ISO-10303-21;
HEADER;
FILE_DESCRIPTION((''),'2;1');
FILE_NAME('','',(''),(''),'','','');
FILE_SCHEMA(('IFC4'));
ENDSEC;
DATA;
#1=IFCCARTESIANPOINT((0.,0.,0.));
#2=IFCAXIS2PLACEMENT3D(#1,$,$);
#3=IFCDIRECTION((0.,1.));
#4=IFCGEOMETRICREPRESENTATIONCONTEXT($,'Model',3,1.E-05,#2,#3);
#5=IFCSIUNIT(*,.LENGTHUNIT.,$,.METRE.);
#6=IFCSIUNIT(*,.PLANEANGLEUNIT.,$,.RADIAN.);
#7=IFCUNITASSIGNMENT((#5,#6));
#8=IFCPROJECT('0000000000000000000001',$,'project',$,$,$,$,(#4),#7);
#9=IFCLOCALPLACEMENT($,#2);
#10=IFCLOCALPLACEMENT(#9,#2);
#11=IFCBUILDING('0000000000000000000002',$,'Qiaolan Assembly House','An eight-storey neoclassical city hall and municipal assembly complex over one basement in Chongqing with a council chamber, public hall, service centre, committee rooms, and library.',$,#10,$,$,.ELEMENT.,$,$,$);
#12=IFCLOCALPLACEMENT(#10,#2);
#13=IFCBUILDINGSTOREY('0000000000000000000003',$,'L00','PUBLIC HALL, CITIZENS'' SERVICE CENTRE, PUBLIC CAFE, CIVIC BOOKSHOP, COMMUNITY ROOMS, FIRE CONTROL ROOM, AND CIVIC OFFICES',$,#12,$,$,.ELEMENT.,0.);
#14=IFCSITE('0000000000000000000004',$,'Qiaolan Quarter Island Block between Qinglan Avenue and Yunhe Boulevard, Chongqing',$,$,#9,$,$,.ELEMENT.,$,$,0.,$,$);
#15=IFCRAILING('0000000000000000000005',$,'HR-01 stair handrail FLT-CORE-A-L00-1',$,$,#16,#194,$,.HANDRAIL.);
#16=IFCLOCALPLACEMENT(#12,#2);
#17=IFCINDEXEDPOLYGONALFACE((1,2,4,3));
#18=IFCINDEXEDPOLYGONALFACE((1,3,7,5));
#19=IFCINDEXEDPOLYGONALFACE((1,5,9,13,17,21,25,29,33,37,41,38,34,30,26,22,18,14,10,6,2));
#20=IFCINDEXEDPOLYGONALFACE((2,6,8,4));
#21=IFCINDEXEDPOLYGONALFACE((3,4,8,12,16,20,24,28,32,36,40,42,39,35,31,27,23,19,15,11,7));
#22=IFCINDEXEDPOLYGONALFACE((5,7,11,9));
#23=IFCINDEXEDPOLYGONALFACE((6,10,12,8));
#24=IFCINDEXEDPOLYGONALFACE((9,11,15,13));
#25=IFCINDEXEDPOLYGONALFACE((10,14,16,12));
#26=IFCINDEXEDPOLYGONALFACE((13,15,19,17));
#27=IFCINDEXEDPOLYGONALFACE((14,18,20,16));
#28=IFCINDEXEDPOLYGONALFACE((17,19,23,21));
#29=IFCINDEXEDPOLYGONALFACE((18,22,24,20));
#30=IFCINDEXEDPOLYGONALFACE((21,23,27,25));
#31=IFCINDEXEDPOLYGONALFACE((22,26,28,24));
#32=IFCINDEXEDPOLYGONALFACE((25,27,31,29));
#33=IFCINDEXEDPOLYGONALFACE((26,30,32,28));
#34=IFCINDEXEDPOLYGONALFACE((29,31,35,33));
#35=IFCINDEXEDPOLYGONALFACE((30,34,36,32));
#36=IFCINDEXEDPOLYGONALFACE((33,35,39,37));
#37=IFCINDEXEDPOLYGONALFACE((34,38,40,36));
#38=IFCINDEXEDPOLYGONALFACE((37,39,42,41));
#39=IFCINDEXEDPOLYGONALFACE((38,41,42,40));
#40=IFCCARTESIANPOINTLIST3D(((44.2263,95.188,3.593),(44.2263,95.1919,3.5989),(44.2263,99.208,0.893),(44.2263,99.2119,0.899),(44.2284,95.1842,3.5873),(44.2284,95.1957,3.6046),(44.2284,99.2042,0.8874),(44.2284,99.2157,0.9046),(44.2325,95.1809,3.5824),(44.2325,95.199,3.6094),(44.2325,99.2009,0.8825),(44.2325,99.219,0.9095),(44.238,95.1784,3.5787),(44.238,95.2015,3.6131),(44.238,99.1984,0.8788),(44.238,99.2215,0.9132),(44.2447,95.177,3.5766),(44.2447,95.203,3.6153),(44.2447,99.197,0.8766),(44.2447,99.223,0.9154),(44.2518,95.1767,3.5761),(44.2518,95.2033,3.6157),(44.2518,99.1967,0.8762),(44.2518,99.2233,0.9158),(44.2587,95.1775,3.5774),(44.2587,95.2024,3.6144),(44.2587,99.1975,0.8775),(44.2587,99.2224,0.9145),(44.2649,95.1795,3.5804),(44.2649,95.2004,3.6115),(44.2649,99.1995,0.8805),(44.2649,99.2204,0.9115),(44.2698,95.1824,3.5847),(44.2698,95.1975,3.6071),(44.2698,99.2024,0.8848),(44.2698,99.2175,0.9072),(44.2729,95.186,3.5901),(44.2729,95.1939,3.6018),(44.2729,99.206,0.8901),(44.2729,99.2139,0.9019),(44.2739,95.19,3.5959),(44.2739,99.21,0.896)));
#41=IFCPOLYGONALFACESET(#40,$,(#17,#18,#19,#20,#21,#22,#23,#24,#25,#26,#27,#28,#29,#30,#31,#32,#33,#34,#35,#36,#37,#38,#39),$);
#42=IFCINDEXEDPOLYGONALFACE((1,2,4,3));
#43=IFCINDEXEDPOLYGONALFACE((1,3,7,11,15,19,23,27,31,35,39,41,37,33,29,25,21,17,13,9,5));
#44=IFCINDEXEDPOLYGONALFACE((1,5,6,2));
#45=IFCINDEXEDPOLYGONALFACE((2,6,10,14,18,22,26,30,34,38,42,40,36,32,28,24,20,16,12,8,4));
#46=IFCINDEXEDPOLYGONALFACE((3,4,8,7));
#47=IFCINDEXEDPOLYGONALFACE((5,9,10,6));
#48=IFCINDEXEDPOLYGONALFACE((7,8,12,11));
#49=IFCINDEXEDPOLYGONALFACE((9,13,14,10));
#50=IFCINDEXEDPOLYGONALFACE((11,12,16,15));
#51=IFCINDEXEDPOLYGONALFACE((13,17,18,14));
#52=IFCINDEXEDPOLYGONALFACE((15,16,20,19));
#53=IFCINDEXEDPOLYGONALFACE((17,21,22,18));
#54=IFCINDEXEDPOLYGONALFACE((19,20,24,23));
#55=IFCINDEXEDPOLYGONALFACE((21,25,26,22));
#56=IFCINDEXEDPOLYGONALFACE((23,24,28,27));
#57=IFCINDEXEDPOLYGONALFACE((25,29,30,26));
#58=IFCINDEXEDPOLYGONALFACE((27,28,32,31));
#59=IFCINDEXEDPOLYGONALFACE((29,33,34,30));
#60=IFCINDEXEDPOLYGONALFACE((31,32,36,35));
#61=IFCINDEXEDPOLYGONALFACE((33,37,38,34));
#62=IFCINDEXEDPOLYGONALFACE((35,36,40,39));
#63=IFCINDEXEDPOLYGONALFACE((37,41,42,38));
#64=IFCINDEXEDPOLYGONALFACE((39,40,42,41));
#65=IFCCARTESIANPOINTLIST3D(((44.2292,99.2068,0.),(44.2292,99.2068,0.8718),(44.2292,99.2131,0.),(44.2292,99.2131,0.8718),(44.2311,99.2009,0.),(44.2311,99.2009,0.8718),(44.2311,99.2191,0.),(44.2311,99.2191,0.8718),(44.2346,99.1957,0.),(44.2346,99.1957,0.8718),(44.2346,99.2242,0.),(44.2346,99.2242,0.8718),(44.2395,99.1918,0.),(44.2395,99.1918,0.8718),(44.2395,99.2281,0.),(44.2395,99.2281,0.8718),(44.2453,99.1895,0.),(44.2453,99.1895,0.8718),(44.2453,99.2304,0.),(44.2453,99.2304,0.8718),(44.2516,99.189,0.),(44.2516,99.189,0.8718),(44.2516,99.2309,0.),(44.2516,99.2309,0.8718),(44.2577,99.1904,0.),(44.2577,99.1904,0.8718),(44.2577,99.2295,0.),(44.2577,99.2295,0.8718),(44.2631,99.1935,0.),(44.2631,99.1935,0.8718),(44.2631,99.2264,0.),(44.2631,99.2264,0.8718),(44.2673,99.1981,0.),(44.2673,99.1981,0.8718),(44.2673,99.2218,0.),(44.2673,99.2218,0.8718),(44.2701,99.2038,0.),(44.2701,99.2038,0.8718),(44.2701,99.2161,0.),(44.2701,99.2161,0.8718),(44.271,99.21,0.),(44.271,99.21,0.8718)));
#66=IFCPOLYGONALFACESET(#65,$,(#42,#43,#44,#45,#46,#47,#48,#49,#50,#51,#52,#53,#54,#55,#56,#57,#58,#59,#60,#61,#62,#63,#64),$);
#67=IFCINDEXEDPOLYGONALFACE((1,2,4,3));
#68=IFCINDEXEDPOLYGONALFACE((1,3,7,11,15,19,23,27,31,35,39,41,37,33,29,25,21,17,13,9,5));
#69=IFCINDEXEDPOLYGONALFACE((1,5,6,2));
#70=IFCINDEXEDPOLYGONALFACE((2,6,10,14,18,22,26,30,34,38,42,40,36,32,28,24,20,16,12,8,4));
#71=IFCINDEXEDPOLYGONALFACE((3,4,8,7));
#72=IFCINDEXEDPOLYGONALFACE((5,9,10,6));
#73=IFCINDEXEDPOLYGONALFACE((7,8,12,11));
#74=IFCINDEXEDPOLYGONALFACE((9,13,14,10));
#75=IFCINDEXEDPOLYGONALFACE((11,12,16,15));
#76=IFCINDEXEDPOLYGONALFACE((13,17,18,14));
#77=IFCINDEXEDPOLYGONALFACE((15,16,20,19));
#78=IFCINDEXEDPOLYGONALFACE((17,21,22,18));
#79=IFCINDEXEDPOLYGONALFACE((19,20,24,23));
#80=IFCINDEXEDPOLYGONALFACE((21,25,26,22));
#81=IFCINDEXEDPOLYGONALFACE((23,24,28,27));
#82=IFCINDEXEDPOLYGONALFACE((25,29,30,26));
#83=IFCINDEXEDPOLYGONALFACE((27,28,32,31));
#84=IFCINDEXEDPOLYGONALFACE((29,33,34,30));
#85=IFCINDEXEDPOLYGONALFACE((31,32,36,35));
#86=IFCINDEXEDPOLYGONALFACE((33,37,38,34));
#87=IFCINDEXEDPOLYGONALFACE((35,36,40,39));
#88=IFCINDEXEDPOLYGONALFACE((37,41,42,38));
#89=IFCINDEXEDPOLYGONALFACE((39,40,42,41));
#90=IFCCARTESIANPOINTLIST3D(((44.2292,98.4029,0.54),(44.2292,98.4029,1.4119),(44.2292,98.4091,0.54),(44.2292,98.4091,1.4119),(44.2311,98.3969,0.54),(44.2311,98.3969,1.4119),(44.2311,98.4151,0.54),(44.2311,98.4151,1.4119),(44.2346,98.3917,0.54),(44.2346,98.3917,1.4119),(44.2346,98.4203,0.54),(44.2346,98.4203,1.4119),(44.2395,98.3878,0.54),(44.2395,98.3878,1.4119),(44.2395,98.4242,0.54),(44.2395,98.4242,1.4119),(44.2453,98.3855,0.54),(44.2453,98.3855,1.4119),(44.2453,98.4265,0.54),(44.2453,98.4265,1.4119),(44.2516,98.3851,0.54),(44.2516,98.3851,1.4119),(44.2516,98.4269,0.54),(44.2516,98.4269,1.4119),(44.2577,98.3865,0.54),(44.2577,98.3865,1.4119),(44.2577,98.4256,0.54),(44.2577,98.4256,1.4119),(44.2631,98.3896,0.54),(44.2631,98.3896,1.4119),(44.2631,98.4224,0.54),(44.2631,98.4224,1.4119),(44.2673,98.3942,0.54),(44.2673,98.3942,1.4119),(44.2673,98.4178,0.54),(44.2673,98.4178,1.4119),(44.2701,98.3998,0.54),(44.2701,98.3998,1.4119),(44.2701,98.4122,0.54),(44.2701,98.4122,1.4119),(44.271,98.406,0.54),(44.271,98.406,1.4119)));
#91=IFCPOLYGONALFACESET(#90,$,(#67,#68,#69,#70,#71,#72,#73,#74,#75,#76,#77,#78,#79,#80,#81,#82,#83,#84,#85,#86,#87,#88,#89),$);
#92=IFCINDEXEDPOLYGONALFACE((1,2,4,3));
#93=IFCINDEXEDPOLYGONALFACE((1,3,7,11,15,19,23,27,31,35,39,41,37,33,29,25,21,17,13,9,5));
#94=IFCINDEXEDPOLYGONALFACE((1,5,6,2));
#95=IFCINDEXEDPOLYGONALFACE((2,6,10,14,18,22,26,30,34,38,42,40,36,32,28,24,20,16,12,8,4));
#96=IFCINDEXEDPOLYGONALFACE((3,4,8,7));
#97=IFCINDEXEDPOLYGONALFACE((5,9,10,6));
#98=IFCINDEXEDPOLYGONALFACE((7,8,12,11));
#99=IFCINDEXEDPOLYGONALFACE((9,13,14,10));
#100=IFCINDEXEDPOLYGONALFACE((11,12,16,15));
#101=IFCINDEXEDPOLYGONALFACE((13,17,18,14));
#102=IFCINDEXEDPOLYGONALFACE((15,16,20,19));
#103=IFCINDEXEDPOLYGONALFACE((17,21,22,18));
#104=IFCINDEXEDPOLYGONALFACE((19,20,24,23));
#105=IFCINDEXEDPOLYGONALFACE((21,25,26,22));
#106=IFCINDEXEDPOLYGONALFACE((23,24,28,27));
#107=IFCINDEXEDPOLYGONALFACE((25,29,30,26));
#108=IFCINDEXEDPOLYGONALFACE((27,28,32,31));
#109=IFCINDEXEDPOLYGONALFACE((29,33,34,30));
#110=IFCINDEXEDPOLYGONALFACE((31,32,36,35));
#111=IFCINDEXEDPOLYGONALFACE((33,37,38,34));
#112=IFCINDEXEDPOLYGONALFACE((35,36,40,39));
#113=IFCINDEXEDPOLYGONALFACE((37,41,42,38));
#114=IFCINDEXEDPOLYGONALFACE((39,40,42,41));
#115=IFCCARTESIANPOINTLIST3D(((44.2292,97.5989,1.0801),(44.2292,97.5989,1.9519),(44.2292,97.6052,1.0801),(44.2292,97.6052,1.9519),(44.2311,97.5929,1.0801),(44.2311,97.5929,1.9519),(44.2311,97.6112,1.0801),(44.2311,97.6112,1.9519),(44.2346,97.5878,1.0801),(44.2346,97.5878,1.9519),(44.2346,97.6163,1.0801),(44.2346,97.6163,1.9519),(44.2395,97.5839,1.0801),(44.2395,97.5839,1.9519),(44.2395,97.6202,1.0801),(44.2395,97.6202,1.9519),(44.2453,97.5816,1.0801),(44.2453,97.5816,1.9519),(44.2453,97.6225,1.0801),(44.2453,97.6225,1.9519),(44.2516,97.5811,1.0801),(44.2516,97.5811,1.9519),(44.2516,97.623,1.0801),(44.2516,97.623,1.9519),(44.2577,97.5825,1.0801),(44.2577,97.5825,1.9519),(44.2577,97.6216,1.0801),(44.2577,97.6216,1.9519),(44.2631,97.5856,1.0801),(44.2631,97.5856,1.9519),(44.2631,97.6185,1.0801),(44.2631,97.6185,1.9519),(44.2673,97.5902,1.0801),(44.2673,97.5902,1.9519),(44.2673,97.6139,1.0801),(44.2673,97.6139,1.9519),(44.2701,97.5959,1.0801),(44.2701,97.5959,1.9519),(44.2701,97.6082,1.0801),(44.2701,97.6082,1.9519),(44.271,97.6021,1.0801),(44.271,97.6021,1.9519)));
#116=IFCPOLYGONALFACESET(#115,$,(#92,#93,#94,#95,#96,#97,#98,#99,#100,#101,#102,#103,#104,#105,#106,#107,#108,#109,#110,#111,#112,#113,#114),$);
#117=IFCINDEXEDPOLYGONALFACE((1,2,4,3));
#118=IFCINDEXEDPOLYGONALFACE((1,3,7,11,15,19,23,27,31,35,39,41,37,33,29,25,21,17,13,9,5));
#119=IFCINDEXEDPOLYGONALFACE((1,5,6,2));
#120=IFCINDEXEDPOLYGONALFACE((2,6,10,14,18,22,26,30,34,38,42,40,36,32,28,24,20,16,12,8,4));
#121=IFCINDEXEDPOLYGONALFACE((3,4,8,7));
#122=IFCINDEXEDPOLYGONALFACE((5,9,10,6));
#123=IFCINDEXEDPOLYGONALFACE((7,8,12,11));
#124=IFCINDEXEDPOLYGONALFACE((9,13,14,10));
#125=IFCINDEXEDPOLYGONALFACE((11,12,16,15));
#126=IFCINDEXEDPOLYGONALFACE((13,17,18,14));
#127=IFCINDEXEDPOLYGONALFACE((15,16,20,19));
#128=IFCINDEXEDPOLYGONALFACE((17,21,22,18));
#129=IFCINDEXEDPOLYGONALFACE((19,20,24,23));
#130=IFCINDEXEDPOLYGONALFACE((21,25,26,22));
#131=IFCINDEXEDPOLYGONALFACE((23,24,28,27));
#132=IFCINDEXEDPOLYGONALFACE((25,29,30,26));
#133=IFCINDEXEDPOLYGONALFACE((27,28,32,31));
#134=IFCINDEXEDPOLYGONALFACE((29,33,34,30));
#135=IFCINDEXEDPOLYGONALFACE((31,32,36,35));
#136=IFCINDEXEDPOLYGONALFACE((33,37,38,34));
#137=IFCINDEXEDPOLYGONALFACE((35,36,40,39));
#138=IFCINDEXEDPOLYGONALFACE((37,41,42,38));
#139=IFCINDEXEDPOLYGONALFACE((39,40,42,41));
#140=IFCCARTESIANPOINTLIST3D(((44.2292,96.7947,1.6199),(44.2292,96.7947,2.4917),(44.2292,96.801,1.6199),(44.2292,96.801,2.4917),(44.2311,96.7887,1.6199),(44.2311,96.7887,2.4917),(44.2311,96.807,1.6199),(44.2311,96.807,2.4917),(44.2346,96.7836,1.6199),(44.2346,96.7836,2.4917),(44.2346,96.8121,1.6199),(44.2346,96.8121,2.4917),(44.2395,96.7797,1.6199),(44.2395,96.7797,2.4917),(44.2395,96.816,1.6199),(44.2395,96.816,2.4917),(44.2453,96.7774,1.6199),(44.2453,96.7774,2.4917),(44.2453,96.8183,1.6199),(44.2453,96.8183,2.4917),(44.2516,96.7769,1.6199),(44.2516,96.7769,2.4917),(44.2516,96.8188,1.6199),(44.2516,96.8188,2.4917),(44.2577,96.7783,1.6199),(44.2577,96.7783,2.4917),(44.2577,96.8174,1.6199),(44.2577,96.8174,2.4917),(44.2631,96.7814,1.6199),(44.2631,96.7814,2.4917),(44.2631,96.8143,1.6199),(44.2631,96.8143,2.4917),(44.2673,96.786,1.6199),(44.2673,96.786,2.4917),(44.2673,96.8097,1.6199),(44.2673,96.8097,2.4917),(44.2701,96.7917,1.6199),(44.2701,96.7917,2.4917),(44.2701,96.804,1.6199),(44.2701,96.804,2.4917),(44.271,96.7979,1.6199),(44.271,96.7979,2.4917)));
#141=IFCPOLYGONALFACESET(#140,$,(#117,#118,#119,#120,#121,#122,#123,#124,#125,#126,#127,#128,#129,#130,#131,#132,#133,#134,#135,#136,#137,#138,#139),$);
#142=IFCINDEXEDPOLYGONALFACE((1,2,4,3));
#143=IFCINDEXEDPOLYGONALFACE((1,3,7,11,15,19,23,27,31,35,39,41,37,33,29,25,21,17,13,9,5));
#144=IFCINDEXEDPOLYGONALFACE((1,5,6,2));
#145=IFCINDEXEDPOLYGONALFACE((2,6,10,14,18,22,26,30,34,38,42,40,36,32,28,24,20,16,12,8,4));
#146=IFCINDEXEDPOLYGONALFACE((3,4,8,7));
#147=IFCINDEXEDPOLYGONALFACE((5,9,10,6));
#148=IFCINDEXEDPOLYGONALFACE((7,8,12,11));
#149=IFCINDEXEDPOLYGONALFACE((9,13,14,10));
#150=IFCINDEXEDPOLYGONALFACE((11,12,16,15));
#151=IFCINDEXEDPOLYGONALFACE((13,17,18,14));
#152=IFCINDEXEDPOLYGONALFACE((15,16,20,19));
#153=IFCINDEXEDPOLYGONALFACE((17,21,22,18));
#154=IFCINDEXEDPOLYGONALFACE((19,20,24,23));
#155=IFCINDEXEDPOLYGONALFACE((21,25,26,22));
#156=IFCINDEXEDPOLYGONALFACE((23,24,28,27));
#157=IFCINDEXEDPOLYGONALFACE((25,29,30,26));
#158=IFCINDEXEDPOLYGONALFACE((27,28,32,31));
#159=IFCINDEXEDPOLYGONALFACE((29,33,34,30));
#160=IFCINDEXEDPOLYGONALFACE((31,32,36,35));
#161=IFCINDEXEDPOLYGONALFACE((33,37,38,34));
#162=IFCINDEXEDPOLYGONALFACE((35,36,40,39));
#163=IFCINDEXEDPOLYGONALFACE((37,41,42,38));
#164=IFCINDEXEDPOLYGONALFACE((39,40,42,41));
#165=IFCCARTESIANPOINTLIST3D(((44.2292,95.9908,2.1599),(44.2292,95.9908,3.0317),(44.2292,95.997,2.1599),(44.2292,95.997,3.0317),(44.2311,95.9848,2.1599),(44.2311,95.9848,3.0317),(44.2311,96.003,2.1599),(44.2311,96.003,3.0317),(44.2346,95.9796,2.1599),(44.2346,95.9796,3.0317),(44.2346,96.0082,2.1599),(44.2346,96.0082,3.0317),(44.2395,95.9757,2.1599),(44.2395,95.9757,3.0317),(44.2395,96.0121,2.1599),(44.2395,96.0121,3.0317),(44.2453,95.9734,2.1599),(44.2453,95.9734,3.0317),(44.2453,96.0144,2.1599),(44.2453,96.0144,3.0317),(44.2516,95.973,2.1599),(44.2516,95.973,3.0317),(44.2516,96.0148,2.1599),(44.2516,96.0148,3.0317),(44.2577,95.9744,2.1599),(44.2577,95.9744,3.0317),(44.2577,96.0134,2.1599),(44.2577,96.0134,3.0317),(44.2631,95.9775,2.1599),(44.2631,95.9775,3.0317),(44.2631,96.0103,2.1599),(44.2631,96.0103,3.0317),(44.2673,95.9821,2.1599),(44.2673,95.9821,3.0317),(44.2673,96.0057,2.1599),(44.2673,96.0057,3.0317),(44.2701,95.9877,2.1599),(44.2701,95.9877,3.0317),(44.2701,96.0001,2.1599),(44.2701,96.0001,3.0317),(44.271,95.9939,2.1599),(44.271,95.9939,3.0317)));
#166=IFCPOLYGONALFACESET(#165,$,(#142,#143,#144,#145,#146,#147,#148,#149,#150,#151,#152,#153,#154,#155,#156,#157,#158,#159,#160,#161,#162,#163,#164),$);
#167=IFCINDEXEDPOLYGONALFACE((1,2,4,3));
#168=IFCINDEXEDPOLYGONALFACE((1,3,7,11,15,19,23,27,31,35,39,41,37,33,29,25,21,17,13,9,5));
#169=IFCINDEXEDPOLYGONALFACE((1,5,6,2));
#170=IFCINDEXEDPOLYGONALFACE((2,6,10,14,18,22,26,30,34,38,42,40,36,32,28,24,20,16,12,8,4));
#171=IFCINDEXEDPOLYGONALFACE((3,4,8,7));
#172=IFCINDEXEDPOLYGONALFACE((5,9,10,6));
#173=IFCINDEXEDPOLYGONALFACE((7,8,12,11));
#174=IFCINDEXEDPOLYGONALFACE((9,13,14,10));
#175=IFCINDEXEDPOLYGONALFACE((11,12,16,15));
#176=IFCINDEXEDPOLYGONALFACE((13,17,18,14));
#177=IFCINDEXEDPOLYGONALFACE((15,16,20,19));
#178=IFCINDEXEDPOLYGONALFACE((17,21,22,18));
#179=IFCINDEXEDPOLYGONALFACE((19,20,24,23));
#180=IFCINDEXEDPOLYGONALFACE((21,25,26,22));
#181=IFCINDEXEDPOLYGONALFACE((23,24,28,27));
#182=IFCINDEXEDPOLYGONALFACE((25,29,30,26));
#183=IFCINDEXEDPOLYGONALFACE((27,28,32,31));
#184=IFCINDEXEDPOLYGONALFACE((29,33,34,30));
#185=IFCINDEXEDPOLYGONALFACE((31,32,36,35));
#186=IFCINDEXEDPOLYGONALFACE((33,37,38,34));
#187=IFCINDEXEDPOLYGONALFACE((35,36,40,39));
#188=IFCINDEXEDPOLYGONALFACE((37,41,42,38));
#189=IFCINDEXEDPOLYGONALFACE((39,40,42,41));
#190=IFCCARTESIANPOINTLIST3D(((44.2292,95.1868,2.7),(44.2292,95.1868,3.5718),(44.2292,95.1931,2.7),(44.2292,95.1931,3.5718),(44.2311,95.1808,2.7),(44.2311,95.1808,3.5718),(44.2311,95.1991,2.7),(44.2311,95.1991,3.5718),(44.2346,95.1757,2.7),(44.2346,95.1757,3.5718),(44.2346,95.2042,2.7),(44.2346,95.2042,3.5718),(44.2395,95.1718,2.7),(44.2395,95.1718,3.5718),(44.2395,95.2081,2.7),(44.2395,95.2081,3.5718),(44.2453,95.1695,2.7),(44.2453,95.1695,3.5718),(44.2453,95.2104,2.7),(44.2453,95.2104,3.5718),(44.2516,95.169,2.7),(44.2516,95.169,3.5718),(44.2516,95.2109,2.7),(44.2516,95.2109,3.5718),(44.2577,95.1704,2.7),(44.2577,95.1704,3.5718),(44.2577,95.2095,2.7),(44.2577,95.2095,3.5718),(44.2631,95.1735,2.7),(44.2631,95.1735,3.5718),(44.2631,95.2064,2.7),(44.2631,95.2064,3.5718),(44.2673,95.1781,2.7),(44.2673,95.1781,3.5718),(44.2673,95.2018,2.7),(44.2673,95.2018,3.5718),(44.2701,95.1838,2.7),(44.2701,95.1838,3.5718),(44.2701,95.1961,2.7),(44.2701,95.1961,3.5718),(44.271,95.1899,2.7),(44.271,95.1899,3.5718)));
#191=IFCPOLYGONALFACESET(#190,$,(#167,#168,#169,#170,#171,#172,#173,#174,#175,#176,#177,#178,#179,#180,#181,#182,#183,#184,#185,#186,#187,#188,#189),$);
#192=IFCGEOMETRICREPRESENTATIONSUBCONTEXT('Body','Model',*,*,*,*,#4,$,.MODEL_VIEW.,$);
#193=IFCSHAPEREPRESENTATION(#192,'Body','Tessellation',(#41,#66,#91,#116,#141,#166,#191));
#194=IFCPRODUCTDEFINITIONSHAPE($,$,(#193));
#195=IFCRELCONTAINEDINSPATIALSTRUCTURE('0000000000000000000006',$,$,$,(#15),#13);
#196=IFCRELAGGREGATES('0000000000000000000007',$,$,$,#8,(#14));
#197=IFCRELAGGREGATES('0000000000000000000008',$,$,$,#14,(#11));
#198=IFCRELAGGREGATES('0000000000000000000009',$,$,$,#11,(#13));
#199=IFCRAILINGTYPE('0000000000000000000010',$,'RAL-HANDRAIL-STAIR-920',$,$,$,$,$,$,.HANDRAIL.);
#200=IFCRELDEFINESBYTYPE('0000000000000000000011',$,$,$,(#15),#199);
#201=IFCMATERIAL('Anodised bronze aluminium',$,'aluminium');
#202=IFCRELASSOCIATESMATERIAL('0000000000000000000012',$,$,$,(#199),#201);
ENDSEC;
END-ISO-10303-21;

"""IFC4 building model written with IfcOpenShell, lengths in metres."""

from ifc_helpers import new_model, si_unit, direction, frame, origin, origin_2d, place, context, subcontext, project, spatial, circle, extrude, material, type_object, element, save


model = new_model("IFC4")

# Units and contexts
model_context = context("Model", 3, precision=1e-05, world=origin(), true_north=direction((0.0, 1.0)))
body_context = subcontext(model_context, "Body", "Model", "MODEL_VIEW")
ifc_project = project(units=[si_unit("LENGTHUNIT", "METRE"), si_unit("PLANEANGLEUNIT", "RADIAN")], contexts=[model_context])

# Site, building, storey
site_placement = place(None, origin())
site = spatial("IfcSite", under=ifc_project, at=site_placement, Name="Qiaolan Quarter Island Block between Qinglan Avenue and Yunhe Boulevard, Chongqing", CompositionType="ELEMENT", RefElevation=0.0)
building_placement = place(site_placement, origin())
building = spatial("IfcBuilding", under=site, at=building_placement, Name="Qiaolan Assembly House", Description="An eight-storey neoclassical city hall and municipal assembly complex over one basement in Chongqing with a council chamber, public hall, service centre, committee rooms, and library.", CompositionType="ELEMENT")
storey_placement = place(building_placement, origin())
storey = spatial("IfcBuildingStorey", under=building, at=storey_placement, Name="L00", Description="PUBLIC HALL, CITIZENS' SERVICE CENTRE, PUBLIC CAFE, CIVIC BOOKSHOP, COMMUNITY ROOMS, FIRE CONTROL ROOM, AND CIVIC OFFICES", CompositionType="ELEMENT", Elevation=0.0)

# Railing
ifc_material_1 = material(Name="Anodised bronze aluminium", Category="aluminium")
railing_type_1 = type_object("IfcRailingType", Name="RAL-HANDRAIL-STAIR-920", PredefinedType="HANDRAIL", material=ifc_material_1)
railing_1_placement = place(storey_placement, frame((44.25, 99.21, 0.0)))
element("IfcRailing", 1, at=railing_1_placement, inside=storey, type_object=railing_type_1, Name="HR-01 stair handrail FLT-CORE-A-L00-1", PredefinedType="HANDRAIL", context=body_context, shape_type="SweptSolid", body=[
    extrude(circle(Radius=0.0239, at=origin_2d()), frame((0.0, 0.0, 0.896), z_axis=(0.0, -0.830145, 0.557547), x_axis=(1.0, 0.0, 0.0)), (0.0, 0.0, 1.0), 4.8425),
    extrude(circle(Radius=0.021, at=origin_2d()), origin(), (0.0, 0.0, 1.0), 0.8718),
    extrude(circle(Radius=0.021, at=origin_2d()), frame((0.0, -0.804, 0.54)), (0.0, 0.0, 1.0), 0.8718),
    extrude(circle(Radius=0.021, at=origin_2d()), frame((0.0, -1.6079, 1.0801)), (0.0, 0.0, 1.0), 0.8718),
    extrude(circle(Radius=0.021, at=origin_2d()), frame((0.0, -2.4121, 1.6199)), (0.0, 0.0, 1.0), 0.8718),
    extrude(circle(Radius=0.021, at=origin_2d()), frame((0.0, -3.2161, 2.1599)), (0.0, 0.0, 1.0), 0.8718),
    extrude(circle(Radius=0.021, at=origin_2d()), frame((0.0, -4.02, 2.7)), (0.0, 0.0, 1.0), 0.8718),
])

save(model, "model.ifc")
